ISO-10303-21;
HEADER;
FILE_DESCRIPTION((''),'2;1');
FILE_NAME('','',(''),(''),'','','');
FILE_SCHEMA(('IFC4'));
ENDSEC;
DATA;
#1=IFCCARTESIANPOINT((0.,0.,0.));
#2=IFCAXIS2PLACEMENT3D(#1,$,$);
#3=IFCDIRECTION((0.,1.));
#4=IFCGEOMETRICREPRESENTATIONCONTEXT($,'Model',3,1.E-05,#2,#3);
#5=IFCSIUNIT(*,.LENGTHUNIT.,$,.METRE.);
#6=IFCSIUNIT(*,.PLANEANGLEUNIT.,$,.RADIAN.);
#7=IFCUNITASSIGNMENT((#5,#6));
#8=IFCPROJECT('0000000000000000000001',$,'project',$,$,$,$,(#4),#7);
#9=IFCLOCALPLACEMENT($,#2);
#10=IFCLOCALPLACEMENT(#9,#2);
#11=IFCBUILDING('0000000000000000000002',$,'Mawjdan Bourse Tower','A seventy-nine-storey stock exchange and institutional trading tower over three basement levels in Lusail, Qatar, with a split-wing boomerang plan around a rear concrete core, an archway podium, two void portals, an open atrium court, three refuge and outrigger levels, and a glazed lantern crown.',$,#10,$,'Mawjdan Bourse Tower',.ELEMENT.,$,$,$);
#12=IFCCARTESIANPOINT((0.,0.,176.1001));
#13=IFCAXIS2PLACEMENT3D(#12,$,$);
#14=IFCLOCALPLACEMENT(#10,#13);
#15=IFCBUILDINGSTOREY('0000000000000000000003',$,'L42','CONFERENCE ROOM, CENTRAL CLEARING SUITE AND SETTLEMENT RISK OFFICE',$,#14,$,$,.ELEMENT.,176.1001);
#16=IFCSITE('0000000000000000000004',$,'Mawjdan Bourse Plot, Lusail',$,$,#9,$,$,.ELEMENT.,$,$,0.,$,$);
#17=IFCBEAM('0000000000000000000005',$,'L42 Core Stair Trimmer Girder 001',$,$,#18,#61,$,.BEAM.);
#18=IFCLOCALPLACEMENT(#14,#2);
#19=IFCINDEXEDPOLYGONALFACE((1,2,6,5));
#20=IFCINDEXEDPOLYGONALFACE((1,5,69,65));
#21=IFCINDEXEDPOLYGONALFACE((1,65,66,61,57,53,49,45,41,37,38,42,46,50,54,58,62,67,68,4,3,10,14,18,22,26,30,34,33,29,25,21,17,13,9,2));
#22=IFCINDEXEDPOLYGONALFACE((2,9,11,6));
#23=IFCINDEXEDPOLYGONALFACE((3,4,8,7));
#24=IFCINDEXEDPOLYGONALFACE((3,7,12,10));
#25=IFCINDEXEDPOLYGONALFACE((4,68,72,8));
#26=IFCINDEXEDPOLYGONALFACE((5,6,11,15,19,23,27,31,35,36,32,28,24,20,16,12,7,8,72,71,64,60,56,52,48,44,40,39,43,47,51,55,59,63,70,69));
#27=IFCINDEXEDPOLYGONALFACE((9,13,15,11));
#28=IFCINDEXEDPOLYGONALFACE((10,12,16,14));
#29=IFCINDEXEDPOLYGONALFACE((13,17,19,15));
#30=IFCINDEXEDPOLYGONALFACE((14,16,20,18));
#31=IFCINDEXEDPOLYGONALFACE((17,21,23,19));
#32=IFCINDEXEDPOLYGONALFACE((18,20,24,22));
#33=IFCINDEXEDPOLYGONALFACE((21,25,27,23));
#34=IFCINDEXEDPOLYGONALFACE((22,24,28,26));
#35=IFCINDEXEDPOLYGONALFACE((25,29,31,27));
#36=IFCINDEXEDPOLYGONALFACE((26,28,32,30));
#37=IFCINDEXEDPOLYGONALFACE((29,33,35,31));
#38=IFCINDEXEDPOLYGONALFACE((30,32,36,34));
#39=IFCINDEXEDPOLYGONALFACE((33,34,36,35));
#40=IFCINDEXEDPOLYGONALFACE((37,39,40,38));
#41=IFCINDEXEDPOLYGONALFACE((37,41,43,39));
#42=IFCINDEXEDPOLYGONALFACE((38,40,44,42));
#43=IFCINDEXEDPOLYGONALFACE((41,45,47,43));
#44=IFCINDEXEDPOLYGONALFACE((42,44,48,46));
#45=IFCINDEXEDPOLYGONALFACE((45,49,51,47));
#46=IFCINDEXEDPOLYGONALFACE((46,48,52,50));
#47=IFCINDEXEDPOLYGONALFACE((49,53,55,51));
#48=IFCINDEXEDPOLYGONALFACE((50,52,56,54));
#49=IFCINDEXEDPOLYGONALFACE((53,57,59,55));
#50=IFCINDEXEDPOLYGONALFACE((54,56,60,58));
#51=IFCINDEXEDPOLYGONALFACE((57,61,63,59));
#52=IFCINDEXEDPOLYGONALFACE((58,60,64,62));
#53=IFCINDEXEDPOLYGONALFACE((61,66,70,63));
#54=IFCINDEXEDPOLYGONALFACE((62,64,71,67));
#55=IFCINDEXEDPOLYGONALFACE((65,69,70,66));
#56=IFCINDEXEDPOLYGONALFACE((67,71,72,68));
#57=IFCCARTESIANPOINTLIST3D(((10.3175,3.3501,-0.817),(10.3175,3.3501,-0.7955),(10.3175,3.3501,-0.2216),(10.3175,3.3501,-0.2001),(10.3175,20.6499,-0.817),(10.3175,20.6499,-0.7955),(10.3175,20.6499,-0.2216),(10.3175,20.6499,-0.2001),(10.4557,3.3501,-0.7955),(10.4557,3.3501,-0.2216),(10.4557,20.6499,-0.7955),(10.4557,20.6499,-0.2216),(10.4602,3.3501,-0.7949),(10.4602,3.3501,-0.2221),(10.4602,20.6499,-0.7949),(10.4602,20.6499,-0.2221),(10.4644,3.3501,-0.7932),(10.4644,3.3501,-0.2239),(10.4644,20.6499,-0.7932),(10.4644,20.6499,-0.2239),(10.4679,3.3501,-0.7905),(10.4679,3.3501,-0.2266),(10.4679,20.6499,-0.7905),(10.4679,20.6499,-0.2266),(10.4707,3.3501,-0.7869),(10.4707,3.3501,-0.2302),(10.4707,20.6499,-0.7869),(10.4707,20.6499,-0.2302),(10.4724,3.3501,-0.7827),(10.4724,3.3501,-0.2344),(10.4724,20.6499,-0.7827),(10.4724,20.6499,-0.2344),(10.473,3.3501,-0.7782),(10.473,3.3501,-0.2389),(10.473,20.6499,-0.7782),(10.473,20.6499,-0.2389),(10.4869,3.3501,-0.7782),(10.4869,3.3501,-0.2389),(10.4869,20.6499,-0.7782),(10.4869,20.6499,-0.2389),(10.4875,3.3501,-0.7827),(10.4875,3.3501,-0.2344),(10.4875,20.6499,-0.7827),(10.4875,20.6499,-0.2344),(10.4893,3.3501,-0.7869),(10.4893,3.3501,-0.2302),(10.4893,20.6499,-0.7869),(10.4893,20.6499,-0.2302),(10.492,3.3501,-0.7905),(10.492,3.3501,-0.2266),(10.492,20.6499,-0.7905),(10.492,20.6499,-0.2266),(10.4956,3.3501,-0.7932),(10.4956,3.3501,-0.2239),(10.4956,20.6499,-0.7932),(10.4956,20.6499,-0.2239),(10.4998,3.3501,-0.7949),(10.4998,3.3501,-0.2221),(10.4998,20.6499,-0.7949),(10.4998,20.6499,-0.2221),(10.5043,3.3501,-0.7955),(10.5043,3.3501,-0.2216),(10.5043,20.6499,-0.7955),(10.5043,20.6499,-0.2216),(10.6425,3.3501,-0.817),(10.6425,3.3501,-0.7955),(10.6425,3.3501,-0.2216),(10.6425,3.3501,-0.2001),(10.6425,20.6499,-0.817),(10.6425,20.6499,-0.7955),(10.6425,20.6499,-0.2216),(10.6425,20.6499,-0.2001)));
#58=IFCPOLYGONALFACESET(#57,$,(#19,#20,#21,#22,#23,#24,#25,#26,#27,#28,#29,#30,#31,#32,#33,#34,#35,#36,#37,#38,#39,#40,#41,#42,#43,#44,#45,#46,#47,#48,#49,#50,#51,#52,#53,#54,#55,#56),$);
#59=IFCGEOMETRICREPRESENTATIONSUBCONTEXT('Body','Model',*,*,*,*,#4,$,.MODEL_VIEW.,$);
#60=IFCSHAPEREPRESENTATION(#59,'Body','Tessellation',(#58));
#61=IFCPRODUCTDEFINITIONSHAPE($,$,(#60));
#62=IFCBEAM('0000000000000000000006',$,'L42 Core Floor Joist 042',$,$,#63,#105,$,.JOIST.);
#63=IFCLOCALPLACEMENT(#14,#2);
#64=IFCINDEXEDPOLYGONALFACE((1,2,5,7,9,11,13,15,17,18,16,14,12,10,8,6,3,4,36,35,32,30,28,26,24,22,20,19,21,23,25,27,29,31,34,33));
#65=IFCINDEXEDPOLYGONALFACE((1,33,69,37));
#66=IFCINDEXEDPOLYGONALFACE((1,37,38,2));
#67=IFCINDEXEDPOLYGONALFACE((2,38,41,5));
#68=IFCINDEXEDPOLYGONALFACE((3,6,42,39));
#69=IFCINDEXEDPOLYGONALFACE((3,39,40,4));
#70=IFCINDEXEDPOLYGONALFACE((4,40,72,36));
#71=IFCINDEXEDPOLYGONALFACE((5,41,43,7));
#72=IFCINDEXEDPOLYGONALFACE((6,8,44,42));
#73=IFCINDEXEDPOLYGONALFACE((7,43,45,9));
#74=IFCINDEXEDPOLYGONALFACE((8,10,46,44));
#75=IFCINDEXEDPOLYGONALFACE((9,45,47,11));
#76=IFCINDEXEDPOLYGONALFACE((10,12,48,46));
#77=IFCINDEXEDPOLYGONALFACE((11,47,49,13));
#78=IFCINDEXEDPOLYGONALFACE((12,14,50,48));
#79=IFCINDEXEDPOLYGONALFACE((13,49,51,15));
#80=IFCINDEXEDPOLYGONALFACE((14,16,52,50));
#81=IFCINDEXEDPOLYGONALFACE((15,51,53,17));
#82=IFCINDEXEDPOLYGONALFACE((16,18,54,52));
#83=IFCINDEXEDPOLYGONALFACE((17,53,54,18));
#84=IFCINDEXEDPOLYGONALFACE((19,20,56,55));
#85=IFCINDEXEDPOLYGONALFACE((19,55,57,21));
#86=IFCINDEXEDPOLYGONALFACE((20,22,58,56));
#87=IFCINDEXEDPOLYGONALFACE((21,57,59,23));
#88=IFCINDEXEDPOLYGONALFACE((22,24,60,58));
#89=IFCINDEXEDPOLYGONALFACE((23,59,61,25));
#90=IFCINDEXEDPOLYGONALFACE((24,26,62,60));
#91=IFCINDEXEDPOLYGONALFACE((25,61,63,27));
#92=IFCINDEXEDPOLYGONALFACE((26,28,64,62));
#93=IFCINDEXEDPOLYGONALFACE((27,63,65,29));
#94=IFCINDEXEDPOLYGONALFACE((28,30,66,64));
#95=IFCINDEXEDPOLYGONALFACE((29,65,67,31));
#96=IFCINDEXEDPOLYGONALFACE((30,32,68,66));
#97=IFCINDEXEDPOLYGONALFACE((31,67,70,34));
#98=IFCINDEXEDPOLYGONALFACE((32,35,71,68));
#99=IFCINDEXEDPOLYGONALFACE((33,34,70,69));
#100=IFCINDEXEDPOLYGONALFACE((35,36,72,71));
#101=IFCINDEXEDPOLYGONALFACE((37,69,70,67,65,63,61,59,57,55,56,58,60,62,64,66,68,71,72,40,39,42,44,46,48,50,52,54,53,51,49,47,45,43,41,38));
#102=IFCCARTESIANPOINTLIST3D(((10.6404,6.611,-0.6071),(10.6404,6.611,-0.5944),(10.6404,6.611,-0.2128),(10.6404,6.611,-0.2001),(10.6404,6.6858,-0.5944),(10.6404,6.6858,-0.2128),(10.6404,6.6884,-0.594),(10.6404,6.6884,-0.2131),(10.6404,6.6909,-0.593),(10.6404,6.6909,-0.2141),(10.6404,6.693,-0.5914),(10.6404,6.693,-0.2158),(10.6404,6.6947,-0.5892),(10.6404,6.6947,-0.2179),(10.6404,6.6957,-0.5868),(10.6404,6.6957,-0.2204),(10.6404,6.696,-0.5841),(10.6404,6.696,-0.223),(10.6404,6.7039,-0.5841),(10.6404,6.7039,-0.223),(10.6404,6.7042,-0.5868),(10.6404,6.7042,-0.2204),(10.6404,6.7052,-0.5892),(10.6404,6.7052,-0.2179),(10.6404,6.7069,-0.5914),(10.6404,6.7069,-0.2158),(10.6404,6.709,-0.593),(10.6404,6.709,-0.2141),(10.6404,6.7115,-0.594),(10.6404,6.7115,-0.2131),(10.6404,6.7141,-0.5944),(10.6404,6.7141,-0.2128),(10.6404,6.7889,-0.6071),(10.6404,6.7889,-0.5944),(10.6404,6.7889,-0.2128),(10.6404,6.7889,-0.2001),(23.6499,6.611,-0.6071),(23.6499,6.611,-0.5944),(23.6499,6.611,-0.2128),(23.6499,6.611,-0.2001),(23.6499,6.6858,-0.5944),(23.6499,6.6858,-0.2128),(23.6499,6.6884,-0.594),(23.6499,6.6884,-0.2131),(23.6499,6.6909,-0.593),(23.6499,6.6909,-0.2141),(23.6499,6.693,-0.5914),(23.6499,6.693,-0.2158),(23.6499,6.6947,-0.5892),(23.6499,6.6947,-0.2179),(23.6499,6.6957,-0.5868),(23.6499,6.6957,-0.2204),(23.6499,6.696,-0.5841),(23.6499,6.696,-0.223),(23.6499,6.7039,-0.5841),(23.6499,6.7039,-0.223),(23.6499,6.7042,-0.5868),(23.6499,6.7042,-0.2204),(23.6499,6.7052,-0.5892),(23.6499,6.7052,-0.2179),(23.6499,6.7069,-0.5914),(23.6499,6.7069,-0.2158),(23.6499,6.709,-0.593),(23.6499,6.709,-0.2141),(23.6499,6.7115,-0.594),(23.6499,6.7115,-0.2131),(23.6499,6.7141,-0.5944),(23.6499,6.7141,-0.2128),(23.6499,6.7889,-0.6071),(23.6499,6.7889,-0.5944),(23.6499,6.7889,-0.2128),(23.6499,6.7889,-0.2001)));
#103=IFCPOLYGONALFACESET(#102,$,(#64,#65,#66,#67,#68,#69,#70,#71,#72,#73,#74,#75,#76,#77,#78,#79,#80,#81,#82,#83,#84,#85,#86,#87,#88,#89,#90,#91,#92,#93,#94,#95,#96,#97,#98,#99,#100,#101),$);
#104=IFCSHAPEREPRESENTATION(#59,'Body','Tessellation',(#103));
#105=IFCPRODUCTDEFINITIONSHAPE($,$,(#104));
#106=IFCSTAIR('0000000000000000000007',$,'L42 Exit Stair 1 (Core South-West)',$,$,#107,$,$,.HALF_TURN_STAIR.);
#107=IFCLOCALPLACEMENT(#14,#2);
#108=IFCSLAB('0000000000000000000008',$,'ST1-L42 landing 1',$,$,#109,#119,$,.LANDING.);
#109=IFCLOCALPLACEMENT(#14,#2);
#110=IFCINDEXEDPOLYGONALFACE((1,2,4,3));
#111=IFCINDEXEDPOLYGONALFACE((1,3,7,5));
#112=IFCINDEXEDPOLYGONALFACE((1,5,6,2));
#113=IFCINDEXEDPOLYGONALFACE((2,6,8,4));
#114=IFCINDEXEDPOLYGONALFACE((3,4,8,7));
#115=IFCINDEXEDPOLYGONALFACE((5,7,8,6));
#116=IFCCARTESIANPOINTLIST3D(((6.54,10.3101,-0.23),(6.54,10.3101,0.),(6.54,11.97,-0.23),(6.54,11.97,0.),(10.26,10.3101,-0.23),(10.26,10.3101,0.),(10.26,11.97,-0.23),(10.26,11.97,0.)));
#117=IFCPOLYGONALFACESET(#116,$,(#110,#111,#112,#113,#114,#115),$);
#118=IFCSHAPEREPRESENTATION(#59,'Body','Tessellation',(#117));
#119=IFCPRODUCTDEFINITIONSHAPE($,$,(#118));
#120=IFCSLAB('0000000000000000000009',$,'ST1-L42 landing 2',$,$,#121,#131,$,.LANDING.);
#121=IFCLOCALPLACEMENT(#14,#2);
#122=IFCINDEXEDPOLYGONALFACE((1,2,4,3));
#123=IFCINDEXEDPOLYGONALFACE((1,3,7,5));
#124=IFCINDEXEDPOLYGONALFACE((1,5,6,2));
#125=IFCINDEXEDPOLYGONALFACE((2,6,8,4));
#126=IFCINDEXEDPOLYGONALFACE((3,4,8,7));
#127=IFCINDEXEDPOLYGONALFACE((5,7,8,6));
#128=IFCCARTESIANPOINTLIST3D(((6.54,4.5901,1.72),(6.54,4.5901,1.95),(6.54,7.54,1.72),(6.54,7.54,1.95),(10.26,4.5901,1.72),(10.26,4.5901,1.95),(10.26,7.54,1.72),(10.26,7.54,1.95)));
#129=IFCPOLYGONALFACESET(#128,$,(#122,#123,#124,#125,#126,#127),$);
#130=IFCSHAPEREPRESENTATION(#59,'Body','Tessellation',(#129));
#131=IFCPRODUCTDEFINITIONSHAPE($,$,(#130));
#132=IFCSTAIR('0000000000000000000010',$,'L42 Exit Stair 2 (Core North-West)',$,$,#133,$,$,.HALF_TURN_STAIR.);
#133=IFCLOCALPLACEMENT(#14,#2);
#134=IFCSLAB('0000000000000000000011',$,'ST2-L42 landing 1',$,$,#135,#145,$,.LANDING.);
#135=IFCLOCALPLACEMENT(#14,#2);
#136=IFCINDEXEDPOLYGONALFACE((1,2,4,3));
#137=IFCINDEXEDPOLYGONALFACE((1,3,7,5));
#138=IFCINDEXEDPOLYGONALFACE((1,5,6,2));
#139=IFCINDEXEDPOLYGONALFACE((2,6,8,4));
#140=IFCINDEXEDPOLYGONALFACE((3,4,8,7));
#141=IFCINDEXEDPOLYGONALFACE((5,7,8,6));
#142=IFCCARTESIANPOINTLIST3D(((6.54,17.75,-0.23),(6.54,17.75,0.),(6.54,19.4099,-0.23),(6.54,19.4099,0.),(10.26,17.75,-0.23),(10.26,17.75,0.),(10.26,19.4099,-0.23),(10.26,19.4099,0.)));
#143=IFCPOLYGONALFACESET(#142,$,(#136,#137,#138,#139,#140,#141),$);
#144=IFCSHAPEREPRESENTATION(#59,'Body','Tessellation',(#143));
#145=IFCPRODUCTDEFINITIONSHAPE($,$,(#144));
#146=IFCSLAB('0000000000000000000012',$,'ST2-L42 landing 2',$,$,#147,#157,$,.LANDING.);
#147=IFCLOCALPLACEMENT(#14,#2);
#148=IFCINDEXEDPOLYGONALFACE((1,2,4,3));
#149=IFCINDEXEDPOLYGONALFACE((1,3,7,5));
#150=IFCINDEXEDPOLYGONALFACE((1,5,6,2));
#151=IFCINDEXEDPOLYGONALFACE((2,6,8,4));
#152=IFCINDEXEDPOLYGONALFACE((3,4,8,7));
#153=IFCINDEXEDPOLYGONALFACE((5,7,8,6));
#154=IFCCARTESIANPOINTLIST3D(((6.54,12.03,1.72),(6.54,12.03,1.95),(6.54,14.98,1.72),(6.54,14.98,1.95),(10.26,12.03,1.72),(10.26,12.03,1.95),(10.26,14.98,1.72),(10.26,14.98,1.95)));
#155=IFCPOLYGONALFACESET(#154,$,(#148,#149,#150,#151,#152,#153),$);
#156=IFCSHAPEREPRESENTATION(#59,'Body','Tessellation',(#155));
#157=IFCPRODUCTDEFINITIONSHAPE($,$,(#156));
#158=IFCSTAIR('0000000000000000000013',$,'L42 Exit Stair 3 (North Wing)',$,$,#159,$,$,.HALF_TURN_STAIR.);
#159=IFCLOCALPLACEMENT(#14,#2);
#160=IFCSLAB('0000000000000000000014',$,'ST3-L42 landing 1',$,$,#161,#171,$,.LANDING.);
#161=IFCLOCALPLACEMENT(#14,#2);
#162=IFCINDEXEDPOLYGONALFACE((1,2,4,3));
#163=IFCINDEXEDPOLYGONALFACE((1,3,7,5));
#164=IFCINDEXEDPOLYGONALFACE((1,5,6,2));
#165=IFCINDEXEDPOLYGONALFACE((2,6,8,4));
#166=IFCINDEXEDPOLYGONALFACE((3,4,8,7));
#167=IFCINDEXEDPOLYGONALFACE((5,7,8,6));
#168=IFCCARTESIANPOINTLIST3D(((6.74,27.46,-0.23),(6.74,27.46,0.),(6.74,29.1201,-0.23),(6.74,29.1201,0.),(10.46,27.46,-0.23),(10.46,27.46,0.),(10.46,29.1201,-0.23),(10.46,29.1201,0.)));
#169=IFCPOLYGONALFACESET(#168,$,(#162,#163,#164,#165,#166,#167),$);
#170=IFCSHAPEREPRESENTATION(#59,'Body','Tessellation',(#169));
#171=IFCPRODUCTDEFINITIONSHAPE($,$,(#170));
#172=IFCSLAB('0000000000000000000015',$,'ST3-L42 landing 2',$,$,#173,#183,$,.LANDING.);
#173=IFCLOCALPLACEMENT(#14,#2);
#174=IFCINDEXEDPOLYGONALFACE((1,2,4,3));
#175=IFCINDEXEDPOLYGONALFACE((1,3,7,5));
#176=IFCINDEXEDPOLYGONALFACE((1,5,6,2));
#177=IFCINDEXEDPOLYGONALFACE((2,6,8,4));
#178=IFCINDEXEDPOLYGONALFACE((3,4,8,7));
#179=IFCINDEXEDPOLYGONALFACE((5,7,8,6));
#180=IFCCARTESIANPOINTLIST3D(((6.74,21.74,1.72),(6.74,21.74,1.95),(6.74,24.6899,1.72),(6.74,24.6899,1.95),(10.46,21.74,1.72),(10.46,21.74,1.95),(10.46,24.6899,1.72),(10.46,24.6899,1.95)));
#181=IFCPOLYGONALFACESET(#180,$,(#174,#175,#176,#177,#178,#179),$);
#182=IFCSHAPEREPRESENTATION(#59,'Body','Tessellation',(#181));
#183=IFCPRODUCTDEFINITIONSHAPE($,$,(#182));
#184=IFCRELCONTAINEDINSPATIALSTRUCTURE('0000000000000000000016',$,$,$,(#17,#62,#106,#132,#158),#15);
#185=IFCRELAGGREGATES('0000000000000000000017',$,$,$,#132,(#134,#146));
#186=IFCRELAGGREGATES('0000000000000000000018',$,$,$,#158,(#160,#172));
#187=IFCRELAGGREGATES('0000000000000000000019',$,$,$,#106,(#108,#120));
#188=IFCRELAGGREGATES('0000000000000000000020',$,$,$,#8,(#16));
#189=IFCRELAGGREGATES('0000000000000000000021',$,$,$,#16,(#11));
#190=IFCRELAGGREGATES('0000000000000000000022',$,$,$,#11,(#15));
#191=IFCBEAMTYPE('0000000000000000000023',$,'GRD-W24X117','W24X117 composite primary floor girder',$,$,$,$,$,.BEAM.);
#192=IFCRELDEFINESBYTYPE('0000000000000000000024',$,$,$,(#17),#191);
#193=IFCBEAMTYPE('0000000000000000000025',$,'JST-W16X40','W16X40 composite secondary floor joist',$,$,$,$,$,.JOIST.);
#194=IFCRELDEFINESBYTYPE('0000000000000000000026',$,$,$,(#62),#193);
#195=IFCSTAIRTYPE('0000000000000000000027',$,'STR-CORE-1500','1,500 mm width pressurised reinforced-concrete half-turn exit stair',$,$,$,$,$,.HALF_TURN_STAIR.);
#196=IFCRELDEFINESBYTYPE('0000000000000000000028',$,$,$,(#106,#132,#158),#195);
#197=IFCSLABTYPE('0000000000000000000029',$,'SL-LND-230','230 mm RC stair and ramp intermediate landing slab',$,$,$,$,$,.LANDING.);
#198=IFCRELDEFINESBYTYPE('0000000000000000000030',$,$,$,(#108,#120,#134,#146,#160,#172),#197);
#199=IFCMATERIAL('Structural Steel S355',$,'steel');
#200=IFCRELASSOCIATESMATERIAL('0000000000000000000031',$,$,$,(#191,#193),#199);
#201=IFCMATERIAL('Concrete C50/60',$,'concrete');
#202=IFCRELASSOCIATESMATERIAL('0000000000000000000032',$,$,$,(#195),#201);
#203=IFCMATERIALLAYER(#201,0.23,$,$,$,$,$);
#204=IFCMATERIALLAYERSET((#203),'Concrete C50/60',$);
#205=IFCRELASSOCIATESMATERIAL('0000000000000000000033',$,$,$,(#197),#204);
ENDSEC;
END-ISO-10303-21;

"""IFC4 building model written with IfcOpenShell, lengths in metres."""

from ifc_helpers import new_model, si_unit, direction, frame, origin, origin_2d, place, context, subcontext, project, spatial, polyline, i_section, outline, extrude, material, layer, layer_set, material_profile, profile_set, type_object, element, aggregate, save


model = new_model("IFC4")

# Units and contexts
model_context = context("Model", 3, precision=1e-05, world=origin(), true_north=direction((0.0, 1.0)))
body_context = subcontext(model_context, "Body", "Model", "MODEL_VIEW")
ifc_project = project(units=[si_unit("LENGTHUNIT", "METRE"), si_unit("PLANEANGLEUNIT", "RADIAN")], contexts=[model_context])

# Site, building, storey
site_placement = place(None, origin())
site = spatial("IfcSite", under=ifc_project, at=site_placement, Name="Mawjdan Bourse Plot, Lusail", CompositionType="ELEMENT", RefElevation=0.0)
building_placement = place(site_placement, origin())
building = spatial("IfcBuilding", under=site, at=building_placement, Name="Mawjdan Bourse Tower", Description="A seventy-nine-storey stock exchange and institutional trading tower over three basement levels in Lusail, Qatar, with a split-wing boomerang plan around a rear concrete core, an archway podium, two void portals, an open atrium court, three refuge and outrigger levels, and a glazed lantern crown.", LongName="Mawjdan Bourse Tower", CompositionType="ELEMENT")
storey_placement = place(building_placement, frame((0.0, 0.0, 176.1001)))
storey = spatial("IfcBuildingStorey", under=building, at=storey_placement, Name="L42", Description="CONFERENCE ROOM, CENTRAL CLEARING SUITE AND SETTLEMENT RISK OFFICE", CompositionType="ELEMENT", Elevation=176.1001)

# Beams
ifc_material_1 = material(Name="Structural Steel S355", Category="steel")
ifc_material_profile_1 = material_profile(ifc_material_1, i_section(OverallWidth=0.325, OverallDepth=0.6169, WebThickness=0.0139, FlangeThickness=0.0215, FilletRadius=0.0173, at=origin_2d()), Name="W24X117")
ifc_profile_set_1 = profile_set([ifc_material_profile_1], Name="Structural Steel S355")
beam_type_1 = type_object("IfcBeamType", Name="GRD-W24X117", Description="W24X117 composite primary floor girder", PredefinedType="BEAM", material=ifc_profile_set_1)
beam_1_placement = place(storey_placement, frame((10.48, 3.3501, -0.5085), z_axis=(0.0, 1.0, 0.0), x_axis=(-1.0, 0.0, 0.0)))
element("IfcBeam", 1, at=beam_1_placement, inside=storey, type_object=beam_type_1, Name="L42 Core Stair Trimmer Girder 001", PredefinedType="BEAM", context=body_context, shape_type="SweptSolid", body=[
    extrude(i_section(OverallWidth=0.325, OverallDepth=0.6169, WebThickness=0.0139, FlangeThickness=0.0215, FilletRadius=0.0173, at=origin_2d()), origin(), (0.0, 0.0, 1.0), 17.2998),
])
ifc_material_profile_2 = material_profile(ifc_material_1, i_section(OverallWidth=0.178, OverallDepth=0.407, WebThickness=0.0078, FlangeThickness=0.0127, FilletRadius=0.0103, at=origin_2d()), Name="W16X40")
ifc_profile_set_2 = profile_set([ifc_material_profile_2], Name="Structural Steel S355")
beam_type_2 = type_object("IfcBeamType", Name="JST-W16X40", Description="W16X40 composite secondary floor joist", PredefinedType="JOIST", material=ifc_profile_set_2)
beam_2_placement = place(storey_placement, frame((10.6404, 6.7, -0.4036), z_axis=(1.0, 0.0, 0.0), x_axis=(0.0, 1.0, 0.0)))
element("IfcBeam", 2, at=beam_2_placement, inside=storey, type_object=beam_type_2, Name="L42 Core Floor Joist 042", PredefinedType="JOIST", context=body_context, shape_type="SweptSolid", body=[
    extrude(i_section(OverallWidth=0.178, OverallDepth=0.407, WebThickness=0.0078, FlangeThickness=0.0127, FilletRadius=0.0103, at=origin_2d()), origin(), (0.0, 0.0, 1.0), 13.0095),
])

# Stairs, slabs
ifc_material_2 = material(Name="Concrete C50/60", Category="concrete")
stair_type = type_object("IfcStairType", Name="STR-CORE-1500", Description="1,500 mm width pressurised reinforced-concrete half-turn exit stair", PredefinedType="HALF_TURN_STAIR", material=ifc_material_2)
stair_1_placement = place(storey_placement, origin())
stair_1 = element("IfcStair", 3, at=stair_1_placement, inside=storey, type_object=stair_type, Name="L42 Exit Stair 1 (Core South-West)", PredefinedType="HALF_TURN_STAIR")
ifc_layer_1 = layer(ifc_material_2, 0.23)
ifc_layer_set_1 = layer_set([ifc_layer_1], Name="Concrete C50/60")
slab_type_1 = type_object("IfcSlabType", Name="SL-LND-230", Description="230 mm RC stair and ramp intermediate landing slab", PredefinedType="LANDING", material=ifc_layer_set_1)
slab_1_placement = place(storey_placement, frame((0.0, 0.0, -0.23)))
slab_1 = element("IfcSlab", 4, at=slab_1_placement, type_object=slab_type_1, Name="ST1-L42 landing 1", PredefinedType="LANDING", context=body_context, shape_type="SweptSolid", body=[
    extrude(outline(polyline([(6.54, 10.3101), (10.26, 10.3101), (10.26, 11.97), (6.54, 11.97), (6.54, 10.3101)])), origin(), (0.0, 0.0, 1.0), 0.23),
])
slab_2_placement = place(storey_placement, frame((0.0, 0.0, 1.72)))
slab_2 = element("IfcSlab", 5, at=slab_2_placement, type_object=slab_type_1, Name="ST1-L42 landing 2", PredefinedType="LANDING", context=body_context, shape_type="SweptSolid", body=[
    extrude(outline(polyline([(6.54, 4.5901), (10.26, 4.5901), (10.26, 7.54), (6.54, 7.54), (6.54, 4.5901)])), origin(), (0.0, 0.0, 1.0), 0.23),
])
stair_2_placement = place(storey_placement, origin())
stair_2 = element("IfcStair", 6, at=stair_2_placement, inside=storey, type_object=stair_type, Name="L42 Exit Stair 2 (Core North-West)", PredefinedType="HALF_TURN_STAIR")
slab_3_placement = place(storey_placement, frame((0.0, 0.0, -0.23)))
slab_3 = element("IfcSlab", 7, at=slab_3_placement, type_object=slab_type_1, Name="ST2-L42 landing 1", PredefinedType="LANDING", context=body_context, shape_type="SweptSolid", body=[
    extrude(outline(polyline([(6.54, 17.75), (10.26, 17.75), (10.26, 19.4099), (6.54, 19.4099), (6.54, 17.75)])), origin(), (0.0, 0.0, 1.0), 0.23),
])
slab_4_placement = place(storey_placement, frame((0.0, 0.0, 1.72)))
slab_4 = element("IfcSlab", 8, at=slab_4_placement, type_object=slab_type_1, Name="ST2-L42 landing 2", PredefinedType="LANDING", context=body_context, shape_type="SweptSolid", body=[
    extrude(outline(polyline([(6.54, 12.03), (10.26, 12.03), (10.26, 14.98), (6.54, 14.98), (6.54, 12.03)])), origin(), (0.0, 0.0, 1.0), 0.23),
])
aggregate(stair_2, [slab_3, slab_4])
stair_3_placement = place(storey_placement, origin())
stair_3 = element("IfcStair", 9, at=stair_3_placement, inside=storey, type_object=stair_type, Name="L42 Exit Stair 3 (North Wing)", PredefinedType="HALF_TURN_STAIR")
slab_5_placement = place(storey_placement, frame((0.0, 0.0, -0.23)))
slab_5 = element("IfcSlab", 10, at=slab_5_placement, type_object=slab_type_1, Name="ST3-L42 landing 1", PredefinedType="LANDING", context=body_context, shape_type="SweptSolid", body=[
    extrude(outline(polyline([(6.74, 27.46), (10.46, 27.46), (10.46, 29.1201), (6.74, 29.1201), (6.74, 27.46)])), origin(), (0.0, 0.0, 1.0), 0.23),
])
slab_6_placement = place(storey_placement, frame((0.0, 0.0, 1.72)))
slab_6 = element("IfcSlab", 11, at=slab_6_placement, type_object=slab_type_1, Name="ST3-L42 landing 2", PredefinedType="LANDING", context=body_context, shape_type="SweptSolid", body=[
    extrude(outline(polyline([(6.74, 21.74), (10.46, 21.74), (10.46, 24.6899), (6.74, 24.6899), (6.74, 21.74)])), origin(), (0.0, 0.0, 1.0), 0.23),
])
aggregate(stair_3, [slab_5, slab_6])

aggregate(stair_1, [slab_1, slab_2])

save(model, "model.ifc")
